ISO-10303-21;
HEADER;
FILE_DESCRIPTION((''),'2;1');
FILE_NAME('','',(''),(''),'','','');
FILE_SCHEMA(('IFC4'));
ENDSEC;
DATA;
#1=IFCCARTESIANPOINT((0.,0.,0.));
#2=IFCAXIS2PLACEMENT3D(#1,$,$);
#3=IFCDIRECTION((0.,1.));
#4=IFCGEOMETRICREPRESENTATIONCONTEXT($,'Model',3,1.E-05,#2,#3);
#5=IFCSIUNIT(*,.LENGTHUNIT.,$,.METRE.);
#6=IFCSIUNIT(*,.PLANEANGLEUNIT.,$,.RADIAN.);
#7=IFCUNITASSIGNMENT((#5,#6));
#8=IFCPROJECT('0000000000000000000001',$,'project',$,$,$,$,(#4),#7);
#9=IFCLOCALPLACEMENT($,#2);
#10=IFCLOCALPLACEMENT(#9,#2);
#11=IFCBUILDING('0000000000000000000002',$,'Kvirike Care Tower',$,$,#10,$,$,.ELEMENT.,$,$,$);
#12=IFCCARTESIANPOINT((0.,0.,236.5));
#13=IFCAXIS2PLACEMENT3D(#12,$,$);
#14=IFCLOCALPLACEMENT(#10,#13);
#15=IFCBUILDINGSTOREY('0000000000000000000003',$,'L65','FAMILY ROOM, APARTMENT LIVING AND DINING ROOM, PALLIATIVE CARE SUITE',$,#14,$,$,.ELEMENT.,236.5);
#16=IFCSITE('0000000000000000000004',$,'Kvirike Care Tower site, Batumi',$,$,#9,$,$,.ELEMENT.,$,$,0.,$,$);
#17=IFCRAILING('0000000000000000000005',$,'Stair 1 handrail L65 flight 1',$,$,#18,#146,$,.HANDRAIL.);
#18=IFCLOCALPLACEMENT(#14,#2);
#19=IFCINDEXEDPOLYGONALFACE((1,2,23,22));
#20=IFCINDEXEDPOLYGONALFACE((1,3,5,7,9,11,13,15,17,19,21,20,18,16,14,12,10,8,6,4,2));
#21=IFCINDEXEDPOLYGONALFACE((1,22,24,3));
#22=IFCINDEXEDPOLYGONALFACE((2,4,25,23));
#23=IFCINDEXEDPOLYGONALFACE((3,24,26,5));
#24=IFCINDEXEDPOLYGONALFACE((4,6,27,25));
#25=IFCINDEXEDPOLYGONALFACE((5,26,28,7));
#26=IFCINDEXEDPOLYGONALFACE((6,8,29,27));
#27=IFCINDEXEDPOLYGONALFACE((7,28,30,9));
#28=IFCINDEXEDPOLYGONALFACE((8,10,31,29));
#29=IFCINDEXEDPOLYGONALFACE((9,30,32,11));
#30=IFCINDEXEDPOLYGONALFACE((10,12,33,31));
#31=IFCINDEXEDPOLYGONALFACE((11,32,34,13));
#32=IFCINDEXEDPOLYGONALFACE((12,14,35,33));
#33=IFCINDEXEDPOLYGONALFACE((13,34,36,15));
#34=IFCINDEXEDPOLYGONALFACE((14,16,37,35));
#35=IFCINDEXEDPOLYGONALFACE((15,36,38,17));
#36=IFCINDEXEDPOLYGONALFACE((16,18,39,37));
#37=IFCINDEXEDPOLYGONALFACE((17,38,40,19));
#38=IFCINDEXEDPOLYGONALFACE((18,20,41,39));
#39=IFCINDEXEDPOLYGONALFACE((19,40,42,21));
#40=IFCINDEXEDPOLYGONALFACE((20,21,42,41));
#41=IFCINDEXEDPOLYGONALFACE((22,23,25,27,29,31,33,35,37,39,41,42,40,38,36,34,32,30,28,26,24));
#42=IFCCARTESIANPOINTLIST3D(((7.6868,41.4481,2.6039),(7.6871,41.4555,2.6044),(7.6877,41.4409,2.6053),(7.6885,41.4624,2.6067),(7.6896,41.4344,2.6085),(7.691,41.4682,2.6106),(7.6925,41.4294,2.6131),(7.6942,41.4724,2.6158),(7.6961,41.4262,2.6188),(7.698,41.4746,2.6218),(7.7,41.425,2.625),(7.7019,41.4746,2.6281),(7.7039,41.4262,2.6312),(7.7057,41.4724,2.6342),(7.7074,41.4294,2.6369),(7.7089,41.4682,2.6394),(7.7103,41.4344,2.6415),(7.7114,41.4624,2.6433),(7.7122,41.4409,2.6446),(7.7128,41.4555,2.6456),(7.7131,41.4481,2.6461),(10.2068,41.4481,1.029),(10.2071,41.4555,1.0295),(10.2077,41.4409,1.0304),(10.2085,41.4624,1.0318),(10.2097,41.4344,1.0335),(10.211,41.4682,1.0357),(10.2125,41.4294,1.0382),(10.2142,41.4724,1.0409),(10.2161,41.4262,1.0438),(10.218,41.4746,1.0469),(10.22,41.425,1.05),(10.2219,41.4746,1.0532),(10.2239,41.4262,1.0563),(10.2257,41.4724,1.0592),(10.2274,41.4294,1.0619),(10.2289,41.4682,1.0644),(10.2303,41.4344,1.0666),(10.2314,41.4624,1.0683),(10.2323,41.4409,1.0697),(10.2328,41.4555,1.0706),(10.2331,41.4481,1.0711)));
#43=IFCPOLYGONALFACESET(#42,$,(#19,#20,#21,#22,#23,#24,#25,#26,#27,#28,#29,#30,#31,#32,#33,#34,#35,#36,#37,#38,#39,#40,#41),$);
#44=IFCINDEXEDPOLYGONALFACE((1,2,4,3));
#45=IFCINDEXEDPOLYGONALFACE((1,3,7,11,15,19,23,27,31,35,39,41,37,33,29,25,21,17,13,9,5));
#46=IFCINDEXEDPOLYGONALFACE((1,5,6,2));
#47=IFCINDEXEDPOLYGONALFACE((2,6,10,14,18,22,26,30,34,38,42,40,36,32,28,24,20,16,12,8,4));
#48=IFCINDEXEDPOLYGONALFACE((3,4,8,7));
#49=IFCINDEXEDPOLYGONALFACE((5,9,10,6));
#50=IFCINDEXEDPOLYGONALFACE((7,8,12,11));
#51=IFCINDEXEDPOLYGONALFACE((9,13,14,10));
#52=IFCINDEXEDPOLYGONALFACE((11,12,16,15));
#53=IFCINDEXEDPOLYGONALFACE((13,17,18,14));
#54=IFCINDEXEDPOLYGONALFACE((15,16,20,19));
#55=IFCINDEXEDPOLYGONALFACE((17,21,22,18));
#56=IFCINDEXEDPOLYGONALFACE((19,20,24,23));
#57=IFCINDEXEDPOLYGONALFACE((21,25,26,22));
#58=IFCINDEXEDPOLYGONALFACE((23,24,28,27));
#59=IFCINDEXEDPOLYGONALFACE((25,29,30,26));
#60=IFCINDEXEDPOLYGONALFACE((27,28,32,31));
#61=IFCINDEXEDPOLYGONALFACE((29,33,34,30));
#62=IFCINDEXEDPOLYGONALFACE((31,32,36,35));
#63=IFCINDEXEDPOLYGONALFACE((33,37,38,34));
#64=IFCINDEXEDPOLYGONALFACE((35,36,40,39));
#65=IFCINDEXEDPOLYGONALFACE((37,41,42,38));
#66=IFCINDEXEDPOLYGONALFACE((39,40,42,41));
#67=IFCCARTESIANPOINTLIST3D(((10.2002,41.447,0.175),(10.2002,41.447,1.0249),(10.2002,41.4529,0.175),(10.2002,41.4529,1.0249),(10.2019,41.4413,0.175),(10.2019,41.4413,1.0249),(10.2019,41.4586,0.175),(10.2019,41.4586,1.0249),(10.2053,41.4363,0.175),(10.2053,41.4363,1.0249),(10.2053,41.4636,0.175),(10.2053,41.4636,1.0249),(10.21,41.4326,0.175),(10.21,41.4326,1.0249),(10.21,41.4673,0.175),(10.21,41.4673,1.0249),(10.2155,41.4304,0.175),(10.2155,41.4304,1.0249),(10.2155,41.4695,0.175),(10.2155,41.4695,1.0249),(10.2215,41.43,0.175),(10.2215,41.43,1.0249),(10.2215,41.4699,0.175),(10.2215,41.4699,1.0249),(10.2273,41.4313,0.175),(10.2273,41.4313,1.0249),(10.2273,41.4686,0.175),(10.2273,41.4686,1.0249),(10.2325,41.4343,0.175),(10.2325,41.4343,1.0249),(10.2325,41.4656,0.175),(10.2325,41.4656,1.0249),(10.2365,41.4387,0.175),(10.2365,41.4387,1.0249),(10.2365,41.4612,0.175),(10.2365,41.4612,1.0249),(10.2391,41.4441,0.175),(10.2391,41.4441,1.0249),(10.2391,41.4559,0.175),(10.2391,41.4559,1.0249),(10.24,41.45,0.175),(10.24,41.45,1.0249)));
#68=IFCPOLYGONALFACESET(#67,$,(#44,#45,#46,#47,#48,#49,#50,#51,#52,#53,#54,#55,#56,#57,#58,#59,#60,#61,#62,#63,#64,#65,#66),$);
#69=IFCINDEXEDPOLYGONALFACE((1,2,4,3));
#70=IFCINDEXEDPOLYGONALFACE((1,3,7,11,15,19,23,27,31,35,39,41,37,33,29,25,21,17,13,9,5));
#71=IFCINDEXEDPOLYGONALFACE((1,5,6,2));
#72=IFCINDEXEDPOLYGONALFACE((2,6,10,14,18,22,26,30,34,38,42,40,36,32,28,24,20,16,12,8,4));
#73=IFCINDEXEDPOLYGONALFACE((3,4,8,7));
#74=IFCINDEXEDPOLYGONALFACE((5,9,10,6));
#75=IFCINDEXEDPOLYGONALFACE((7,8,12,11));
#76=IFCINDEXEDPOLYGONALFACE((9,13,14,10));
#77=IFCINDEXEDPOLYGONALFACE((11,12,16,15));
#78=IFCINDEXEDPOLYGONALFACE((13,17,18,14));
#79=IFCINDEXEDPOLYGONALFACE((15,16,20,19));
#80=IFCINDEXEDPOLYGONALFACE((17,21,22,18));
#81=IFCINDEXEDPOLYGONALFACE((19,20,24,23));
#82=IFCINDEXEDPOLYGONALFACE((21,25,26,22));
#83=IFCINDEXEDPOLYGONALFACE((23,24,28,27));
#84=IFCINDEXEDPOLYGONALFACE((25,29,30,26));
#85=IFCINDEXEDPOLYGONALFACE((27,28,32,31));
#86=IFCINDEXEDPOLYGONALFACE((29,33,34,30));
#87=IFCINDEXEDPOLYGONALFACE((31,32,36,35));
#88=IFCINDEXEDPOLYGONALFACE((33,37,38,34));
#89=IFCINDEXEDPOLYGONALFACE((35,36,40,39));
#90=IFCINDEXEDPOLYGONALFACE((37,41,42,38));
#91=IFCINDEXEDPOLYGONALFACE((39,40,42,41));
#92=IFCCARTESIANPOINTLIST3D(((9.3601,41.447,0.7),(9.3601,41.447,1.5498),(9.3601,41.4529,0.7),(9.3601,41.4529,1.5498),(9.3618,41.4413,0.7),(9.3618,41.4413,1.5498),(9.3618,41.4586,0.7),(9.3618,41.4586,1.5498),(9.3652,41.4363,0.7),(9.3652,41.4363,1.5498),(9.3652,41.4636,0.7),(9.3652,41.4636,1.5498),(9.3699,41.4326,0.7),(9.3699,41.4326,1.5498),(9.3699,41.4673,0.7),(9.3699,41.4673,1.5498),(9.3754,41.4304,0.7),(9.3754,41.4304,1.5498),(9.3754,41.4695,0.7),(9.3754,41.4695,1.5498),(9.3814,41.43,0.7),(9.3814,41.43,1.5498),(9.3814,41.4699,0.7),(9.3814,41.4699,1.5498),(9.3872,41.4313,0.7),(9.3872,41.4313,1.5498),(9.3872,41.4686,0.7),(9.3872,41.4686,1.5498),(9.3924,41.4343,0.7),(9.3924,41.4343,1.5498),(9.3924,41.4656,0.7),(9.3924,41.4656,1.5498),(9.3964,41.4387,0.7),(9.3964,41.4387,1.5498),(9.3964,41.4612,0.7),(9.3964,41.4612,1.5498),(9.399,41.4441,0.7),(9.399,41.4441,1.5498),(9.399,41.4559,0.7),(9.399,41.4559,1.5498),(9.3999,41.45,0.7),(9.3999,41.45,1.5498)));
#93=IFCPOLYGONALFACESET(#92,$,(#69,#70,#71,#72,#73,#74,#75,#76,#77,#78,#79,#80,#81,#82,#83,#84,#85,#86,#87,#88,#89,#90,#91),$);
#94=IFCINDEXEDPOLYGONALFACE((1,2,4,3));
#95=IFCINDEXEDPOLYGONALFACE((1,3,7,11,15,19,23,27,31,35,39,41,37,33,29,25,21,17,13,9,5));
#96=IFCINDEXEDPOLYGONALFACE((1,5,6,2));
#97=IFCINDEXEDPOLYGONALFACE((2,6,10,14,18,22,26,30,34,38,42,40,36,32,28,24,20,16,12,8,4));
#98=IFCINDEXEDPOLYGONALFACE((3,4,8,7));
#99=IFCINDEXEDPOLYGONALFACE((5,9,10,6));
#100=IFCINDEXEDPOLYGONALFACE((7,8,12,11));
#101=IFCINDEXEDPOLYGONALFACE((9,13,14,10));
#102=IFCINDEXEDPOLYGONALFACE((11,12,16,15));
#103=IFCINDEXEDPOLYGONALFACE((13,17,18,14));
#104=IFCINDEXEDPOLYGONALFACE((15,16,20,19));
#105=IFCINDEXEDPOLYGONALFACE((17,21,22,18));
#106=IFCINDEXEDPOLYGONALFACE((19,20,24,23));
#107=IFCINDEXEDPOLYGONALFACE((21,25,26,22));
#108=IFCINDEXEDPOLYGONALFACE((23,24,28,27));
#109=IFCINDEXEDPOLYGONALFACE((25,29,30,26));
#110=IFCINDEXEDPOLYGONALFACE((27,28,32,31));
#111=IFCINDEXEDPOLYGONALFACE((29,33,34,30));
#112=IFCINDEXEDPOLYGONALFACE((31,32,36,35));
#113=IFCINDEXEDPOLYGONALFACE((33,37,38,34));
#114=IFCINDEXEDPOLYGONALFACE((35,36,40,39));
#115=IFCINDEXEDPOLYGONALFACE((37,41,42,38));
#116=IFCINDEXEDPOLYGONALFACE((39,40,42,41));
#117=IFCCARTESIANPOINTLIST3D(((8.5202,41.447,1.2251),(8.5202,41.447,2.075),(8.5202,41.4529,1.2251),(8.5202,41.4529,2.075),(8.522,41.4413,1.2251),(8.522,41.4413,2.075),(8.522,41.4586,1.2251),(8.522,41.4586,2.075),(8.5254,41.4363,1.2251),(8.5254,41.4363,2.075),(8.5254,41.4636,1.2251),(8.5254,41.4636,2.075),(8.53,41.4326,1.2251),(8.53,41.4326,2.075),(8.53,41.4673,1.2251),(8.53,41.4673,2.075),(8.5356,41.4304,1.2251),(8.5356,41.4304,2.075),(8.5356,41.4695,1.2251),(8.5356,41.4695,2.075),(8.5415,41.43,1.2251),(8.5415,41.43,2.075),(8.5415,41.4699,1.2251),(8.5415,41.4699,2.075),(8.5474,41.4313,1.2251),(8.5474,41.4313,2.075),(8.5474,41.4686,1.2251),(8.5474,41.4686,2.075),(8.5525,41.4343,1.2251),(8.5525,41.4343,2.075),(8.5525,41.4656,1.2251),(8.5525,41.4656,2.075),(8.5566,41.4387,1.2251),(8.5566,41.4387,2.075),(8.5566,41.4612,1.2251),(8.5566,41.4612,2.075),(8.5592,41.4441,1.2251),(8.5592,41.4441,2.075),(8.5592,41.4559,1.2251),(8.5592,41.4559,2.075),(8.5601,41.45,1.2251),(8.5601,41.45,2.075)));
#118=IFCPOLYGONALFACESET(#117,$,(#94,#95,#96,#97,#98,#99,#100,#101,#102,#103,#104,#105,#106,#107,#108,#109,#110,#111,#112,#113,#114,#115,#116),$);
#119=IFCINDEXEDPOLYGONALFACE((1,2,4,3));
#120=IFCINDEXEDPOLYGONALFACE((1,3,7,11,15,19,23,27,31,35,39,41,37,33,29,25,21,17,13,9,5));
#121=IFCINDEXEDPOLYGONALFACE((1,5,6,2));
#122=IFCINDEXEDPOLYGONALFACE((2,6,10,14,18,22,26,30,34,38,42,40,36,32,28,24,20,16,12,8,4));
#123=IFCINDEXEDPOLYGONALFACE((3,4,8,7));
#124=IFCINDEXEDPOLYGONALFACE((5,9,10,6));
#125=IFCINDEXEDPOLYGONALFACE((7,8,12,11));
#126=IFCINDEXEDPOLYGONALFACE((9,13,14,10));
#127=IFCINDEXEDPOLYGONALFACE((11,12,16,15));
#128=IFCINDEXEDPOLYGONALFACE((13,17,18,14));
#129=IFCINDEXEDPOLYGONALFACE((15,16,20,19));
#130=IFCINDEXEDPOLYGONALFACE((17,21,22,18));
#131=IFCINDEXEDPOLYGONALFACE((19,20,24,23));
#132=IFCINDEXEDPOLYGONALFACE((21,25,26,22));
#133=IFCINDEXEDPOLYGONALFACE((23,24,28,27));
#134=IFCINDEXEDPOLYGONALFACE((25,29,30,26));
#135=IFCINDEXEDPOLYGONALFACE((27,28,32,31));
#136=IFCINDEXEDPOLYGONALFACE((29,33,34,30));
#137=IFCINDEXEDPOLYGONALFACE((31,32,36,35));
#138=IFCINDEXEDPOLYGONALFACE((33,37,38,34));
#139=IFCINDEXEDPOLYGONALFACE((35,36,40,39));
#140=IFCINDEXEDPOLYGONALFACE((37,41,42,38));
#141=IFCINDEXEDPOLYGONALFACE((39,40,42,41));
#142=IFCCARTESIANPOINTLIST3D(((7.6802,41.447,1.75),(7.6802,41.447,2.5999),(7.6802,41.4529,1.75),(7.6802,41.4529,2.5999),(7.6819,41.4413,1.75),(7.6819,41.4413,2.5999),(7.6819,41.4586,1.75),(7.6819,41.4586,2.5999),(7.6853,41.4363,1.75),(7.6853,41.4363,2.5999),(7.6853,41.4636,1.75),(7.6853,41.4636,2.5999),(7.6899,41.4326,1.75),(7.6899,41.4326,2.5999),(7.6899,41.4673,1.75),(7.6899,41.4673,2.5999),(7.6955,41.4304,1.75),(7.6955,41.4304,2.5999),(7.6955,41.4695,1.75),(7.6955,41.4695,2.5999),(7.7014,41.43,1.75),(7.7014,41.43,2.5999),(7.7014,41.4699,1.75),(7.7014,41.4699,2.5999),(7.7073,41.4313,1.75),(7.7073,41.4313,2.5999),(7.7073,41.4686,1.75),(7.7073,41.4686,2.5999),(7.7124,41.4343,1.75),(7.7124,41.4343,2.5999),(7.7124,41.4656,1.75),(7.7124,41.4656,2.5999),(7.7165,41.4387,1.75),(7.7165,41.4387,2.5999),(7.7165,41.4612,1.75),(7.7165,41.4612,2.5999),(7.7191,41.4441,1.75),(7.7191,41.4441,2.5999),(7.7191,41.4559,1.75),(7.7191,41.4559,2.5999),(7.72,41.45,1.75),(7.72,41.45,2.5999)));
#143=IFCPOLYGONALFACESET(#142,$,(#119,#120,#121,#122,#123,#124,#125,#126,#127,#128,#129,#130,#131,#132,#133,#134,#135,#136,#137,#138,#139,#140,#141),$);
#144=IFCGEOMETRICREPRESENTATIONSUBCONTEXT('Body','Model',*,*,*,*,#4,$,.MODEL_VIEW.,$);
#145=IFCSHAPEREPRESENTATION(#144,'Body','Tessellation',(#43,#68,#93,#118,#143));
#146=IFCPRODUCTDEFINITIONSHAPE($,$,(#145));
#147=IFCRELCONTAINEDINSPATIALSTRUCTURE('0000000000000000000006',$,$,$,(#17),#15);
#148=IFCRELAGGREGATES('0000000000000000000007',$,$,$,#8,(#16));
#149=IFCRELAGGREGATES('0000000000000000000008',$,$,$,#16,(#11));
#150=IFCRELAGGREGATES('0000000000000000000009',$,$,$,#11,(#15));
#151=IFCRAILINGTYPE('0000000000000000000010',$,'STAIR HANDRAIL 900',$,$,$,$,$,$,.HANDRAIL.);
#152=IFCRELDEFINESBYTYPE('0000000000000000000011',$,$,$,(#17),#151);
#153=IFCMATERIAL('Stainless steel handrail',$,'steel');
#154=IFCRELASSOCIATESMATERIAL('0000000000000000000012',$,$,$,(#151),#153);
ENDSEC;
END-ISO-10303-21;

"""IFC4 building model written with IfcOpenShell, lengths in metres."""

from ifc_helpers import new_model, si_unit, direction, frame, origin, origin_2d, place, context, subcontext, project, spatial, circle, extrude, material, type_object, element, save


model = new_model("IFC4")

# Units and contexts
model_context = context("Model", 3, precision=1e-05, world=origin(), true_north=direction((0.0, 1.0)))
body_context = subcontext(model_context, "Body", "Model", "MODEL_VIEW")
ifc_project = project(units=[si_unit("LENGTHUNIT", "METRE"), si_unit("PLANEANGLEUNIT", "RADIAN")], contexts=[model_context])

# Site, building, storey
site_placement = place(None, origin())
site = spatial("IfcSite", under=ifc_project, at=site_placement, Name="Kvirike Care Tower site, Batumi", CompositionType="ELEMENT", RefElevation=0.0)
building_placement = place(site_placement, origin())
building = spatial("IfcBuilding", under=site, at=building_placement, Name="Kvirike Care Tower", CompositionType="ELEMENT")
storey_placement = place(building_placement, frame((0.0, 0.0, 236.5)))
storey = spatial("IfcBuildingStorey", under=building, at=storey_placement, Name="L65", Description="FAMILY ROOM, APARTMENT LIVING AND DINING ROOM, PALLIATIVE CARE SUITE", CompositionType="ELEMENT", Elevation=236.5)

# Railing
ifc_material_1 = material(Name="Stainless steel handrail", Category="steel")
railing_type = type_object("IfcRailingType", Name="STAIR HANDRAIL 900", PredefinedType="HANDRAIL", material=ifc_material_1)
railing_1_placement = place(storey_placement, frame((10.22, 41.45, 0.175)))
element("IfcRailing", 1, at=railing_1_placement, inside=storey, type_object=railing_type, Name="Stair 1 handrail L65 flight 1", PredefinedType="HANDRAIL", context=body_context, shape_type="SweptSolid", body=[
    extrude(circle(Radius=0.0249, at=origin_2d()), frame((0.0, 0.0, 0.875), z_axis=(-0.848008, 0.0, 0.529984), x_axis=(0.0, -1.0, 0.0)), (0.0, 0.0, 1.0), 2.9717),
    extrude(circle(Radius=0.02, at=origin_2d()), origin(), (0.0, 0.0, 1.0), 0.8499),
    extrude(circle(Radius=0.02, at=origin_2d()), frame((-0.8401, 0.0, 0.5249)), (0.0, 0.0, 1.0), 0.8499),
    extrude(circle(Radius=0.02, at=origin_2d()), frame((-1.6799, 0.0, 1.05)), (0.0, 0.0, 1.0), 0.8499),
    extrude(circle(Radius=0.02, at=origin_2d()), frame((-2.52, 0.0, 1.575)), (0.0, 0.0, 1.0), 0.8499),
])

save(model, "model.ifc")
